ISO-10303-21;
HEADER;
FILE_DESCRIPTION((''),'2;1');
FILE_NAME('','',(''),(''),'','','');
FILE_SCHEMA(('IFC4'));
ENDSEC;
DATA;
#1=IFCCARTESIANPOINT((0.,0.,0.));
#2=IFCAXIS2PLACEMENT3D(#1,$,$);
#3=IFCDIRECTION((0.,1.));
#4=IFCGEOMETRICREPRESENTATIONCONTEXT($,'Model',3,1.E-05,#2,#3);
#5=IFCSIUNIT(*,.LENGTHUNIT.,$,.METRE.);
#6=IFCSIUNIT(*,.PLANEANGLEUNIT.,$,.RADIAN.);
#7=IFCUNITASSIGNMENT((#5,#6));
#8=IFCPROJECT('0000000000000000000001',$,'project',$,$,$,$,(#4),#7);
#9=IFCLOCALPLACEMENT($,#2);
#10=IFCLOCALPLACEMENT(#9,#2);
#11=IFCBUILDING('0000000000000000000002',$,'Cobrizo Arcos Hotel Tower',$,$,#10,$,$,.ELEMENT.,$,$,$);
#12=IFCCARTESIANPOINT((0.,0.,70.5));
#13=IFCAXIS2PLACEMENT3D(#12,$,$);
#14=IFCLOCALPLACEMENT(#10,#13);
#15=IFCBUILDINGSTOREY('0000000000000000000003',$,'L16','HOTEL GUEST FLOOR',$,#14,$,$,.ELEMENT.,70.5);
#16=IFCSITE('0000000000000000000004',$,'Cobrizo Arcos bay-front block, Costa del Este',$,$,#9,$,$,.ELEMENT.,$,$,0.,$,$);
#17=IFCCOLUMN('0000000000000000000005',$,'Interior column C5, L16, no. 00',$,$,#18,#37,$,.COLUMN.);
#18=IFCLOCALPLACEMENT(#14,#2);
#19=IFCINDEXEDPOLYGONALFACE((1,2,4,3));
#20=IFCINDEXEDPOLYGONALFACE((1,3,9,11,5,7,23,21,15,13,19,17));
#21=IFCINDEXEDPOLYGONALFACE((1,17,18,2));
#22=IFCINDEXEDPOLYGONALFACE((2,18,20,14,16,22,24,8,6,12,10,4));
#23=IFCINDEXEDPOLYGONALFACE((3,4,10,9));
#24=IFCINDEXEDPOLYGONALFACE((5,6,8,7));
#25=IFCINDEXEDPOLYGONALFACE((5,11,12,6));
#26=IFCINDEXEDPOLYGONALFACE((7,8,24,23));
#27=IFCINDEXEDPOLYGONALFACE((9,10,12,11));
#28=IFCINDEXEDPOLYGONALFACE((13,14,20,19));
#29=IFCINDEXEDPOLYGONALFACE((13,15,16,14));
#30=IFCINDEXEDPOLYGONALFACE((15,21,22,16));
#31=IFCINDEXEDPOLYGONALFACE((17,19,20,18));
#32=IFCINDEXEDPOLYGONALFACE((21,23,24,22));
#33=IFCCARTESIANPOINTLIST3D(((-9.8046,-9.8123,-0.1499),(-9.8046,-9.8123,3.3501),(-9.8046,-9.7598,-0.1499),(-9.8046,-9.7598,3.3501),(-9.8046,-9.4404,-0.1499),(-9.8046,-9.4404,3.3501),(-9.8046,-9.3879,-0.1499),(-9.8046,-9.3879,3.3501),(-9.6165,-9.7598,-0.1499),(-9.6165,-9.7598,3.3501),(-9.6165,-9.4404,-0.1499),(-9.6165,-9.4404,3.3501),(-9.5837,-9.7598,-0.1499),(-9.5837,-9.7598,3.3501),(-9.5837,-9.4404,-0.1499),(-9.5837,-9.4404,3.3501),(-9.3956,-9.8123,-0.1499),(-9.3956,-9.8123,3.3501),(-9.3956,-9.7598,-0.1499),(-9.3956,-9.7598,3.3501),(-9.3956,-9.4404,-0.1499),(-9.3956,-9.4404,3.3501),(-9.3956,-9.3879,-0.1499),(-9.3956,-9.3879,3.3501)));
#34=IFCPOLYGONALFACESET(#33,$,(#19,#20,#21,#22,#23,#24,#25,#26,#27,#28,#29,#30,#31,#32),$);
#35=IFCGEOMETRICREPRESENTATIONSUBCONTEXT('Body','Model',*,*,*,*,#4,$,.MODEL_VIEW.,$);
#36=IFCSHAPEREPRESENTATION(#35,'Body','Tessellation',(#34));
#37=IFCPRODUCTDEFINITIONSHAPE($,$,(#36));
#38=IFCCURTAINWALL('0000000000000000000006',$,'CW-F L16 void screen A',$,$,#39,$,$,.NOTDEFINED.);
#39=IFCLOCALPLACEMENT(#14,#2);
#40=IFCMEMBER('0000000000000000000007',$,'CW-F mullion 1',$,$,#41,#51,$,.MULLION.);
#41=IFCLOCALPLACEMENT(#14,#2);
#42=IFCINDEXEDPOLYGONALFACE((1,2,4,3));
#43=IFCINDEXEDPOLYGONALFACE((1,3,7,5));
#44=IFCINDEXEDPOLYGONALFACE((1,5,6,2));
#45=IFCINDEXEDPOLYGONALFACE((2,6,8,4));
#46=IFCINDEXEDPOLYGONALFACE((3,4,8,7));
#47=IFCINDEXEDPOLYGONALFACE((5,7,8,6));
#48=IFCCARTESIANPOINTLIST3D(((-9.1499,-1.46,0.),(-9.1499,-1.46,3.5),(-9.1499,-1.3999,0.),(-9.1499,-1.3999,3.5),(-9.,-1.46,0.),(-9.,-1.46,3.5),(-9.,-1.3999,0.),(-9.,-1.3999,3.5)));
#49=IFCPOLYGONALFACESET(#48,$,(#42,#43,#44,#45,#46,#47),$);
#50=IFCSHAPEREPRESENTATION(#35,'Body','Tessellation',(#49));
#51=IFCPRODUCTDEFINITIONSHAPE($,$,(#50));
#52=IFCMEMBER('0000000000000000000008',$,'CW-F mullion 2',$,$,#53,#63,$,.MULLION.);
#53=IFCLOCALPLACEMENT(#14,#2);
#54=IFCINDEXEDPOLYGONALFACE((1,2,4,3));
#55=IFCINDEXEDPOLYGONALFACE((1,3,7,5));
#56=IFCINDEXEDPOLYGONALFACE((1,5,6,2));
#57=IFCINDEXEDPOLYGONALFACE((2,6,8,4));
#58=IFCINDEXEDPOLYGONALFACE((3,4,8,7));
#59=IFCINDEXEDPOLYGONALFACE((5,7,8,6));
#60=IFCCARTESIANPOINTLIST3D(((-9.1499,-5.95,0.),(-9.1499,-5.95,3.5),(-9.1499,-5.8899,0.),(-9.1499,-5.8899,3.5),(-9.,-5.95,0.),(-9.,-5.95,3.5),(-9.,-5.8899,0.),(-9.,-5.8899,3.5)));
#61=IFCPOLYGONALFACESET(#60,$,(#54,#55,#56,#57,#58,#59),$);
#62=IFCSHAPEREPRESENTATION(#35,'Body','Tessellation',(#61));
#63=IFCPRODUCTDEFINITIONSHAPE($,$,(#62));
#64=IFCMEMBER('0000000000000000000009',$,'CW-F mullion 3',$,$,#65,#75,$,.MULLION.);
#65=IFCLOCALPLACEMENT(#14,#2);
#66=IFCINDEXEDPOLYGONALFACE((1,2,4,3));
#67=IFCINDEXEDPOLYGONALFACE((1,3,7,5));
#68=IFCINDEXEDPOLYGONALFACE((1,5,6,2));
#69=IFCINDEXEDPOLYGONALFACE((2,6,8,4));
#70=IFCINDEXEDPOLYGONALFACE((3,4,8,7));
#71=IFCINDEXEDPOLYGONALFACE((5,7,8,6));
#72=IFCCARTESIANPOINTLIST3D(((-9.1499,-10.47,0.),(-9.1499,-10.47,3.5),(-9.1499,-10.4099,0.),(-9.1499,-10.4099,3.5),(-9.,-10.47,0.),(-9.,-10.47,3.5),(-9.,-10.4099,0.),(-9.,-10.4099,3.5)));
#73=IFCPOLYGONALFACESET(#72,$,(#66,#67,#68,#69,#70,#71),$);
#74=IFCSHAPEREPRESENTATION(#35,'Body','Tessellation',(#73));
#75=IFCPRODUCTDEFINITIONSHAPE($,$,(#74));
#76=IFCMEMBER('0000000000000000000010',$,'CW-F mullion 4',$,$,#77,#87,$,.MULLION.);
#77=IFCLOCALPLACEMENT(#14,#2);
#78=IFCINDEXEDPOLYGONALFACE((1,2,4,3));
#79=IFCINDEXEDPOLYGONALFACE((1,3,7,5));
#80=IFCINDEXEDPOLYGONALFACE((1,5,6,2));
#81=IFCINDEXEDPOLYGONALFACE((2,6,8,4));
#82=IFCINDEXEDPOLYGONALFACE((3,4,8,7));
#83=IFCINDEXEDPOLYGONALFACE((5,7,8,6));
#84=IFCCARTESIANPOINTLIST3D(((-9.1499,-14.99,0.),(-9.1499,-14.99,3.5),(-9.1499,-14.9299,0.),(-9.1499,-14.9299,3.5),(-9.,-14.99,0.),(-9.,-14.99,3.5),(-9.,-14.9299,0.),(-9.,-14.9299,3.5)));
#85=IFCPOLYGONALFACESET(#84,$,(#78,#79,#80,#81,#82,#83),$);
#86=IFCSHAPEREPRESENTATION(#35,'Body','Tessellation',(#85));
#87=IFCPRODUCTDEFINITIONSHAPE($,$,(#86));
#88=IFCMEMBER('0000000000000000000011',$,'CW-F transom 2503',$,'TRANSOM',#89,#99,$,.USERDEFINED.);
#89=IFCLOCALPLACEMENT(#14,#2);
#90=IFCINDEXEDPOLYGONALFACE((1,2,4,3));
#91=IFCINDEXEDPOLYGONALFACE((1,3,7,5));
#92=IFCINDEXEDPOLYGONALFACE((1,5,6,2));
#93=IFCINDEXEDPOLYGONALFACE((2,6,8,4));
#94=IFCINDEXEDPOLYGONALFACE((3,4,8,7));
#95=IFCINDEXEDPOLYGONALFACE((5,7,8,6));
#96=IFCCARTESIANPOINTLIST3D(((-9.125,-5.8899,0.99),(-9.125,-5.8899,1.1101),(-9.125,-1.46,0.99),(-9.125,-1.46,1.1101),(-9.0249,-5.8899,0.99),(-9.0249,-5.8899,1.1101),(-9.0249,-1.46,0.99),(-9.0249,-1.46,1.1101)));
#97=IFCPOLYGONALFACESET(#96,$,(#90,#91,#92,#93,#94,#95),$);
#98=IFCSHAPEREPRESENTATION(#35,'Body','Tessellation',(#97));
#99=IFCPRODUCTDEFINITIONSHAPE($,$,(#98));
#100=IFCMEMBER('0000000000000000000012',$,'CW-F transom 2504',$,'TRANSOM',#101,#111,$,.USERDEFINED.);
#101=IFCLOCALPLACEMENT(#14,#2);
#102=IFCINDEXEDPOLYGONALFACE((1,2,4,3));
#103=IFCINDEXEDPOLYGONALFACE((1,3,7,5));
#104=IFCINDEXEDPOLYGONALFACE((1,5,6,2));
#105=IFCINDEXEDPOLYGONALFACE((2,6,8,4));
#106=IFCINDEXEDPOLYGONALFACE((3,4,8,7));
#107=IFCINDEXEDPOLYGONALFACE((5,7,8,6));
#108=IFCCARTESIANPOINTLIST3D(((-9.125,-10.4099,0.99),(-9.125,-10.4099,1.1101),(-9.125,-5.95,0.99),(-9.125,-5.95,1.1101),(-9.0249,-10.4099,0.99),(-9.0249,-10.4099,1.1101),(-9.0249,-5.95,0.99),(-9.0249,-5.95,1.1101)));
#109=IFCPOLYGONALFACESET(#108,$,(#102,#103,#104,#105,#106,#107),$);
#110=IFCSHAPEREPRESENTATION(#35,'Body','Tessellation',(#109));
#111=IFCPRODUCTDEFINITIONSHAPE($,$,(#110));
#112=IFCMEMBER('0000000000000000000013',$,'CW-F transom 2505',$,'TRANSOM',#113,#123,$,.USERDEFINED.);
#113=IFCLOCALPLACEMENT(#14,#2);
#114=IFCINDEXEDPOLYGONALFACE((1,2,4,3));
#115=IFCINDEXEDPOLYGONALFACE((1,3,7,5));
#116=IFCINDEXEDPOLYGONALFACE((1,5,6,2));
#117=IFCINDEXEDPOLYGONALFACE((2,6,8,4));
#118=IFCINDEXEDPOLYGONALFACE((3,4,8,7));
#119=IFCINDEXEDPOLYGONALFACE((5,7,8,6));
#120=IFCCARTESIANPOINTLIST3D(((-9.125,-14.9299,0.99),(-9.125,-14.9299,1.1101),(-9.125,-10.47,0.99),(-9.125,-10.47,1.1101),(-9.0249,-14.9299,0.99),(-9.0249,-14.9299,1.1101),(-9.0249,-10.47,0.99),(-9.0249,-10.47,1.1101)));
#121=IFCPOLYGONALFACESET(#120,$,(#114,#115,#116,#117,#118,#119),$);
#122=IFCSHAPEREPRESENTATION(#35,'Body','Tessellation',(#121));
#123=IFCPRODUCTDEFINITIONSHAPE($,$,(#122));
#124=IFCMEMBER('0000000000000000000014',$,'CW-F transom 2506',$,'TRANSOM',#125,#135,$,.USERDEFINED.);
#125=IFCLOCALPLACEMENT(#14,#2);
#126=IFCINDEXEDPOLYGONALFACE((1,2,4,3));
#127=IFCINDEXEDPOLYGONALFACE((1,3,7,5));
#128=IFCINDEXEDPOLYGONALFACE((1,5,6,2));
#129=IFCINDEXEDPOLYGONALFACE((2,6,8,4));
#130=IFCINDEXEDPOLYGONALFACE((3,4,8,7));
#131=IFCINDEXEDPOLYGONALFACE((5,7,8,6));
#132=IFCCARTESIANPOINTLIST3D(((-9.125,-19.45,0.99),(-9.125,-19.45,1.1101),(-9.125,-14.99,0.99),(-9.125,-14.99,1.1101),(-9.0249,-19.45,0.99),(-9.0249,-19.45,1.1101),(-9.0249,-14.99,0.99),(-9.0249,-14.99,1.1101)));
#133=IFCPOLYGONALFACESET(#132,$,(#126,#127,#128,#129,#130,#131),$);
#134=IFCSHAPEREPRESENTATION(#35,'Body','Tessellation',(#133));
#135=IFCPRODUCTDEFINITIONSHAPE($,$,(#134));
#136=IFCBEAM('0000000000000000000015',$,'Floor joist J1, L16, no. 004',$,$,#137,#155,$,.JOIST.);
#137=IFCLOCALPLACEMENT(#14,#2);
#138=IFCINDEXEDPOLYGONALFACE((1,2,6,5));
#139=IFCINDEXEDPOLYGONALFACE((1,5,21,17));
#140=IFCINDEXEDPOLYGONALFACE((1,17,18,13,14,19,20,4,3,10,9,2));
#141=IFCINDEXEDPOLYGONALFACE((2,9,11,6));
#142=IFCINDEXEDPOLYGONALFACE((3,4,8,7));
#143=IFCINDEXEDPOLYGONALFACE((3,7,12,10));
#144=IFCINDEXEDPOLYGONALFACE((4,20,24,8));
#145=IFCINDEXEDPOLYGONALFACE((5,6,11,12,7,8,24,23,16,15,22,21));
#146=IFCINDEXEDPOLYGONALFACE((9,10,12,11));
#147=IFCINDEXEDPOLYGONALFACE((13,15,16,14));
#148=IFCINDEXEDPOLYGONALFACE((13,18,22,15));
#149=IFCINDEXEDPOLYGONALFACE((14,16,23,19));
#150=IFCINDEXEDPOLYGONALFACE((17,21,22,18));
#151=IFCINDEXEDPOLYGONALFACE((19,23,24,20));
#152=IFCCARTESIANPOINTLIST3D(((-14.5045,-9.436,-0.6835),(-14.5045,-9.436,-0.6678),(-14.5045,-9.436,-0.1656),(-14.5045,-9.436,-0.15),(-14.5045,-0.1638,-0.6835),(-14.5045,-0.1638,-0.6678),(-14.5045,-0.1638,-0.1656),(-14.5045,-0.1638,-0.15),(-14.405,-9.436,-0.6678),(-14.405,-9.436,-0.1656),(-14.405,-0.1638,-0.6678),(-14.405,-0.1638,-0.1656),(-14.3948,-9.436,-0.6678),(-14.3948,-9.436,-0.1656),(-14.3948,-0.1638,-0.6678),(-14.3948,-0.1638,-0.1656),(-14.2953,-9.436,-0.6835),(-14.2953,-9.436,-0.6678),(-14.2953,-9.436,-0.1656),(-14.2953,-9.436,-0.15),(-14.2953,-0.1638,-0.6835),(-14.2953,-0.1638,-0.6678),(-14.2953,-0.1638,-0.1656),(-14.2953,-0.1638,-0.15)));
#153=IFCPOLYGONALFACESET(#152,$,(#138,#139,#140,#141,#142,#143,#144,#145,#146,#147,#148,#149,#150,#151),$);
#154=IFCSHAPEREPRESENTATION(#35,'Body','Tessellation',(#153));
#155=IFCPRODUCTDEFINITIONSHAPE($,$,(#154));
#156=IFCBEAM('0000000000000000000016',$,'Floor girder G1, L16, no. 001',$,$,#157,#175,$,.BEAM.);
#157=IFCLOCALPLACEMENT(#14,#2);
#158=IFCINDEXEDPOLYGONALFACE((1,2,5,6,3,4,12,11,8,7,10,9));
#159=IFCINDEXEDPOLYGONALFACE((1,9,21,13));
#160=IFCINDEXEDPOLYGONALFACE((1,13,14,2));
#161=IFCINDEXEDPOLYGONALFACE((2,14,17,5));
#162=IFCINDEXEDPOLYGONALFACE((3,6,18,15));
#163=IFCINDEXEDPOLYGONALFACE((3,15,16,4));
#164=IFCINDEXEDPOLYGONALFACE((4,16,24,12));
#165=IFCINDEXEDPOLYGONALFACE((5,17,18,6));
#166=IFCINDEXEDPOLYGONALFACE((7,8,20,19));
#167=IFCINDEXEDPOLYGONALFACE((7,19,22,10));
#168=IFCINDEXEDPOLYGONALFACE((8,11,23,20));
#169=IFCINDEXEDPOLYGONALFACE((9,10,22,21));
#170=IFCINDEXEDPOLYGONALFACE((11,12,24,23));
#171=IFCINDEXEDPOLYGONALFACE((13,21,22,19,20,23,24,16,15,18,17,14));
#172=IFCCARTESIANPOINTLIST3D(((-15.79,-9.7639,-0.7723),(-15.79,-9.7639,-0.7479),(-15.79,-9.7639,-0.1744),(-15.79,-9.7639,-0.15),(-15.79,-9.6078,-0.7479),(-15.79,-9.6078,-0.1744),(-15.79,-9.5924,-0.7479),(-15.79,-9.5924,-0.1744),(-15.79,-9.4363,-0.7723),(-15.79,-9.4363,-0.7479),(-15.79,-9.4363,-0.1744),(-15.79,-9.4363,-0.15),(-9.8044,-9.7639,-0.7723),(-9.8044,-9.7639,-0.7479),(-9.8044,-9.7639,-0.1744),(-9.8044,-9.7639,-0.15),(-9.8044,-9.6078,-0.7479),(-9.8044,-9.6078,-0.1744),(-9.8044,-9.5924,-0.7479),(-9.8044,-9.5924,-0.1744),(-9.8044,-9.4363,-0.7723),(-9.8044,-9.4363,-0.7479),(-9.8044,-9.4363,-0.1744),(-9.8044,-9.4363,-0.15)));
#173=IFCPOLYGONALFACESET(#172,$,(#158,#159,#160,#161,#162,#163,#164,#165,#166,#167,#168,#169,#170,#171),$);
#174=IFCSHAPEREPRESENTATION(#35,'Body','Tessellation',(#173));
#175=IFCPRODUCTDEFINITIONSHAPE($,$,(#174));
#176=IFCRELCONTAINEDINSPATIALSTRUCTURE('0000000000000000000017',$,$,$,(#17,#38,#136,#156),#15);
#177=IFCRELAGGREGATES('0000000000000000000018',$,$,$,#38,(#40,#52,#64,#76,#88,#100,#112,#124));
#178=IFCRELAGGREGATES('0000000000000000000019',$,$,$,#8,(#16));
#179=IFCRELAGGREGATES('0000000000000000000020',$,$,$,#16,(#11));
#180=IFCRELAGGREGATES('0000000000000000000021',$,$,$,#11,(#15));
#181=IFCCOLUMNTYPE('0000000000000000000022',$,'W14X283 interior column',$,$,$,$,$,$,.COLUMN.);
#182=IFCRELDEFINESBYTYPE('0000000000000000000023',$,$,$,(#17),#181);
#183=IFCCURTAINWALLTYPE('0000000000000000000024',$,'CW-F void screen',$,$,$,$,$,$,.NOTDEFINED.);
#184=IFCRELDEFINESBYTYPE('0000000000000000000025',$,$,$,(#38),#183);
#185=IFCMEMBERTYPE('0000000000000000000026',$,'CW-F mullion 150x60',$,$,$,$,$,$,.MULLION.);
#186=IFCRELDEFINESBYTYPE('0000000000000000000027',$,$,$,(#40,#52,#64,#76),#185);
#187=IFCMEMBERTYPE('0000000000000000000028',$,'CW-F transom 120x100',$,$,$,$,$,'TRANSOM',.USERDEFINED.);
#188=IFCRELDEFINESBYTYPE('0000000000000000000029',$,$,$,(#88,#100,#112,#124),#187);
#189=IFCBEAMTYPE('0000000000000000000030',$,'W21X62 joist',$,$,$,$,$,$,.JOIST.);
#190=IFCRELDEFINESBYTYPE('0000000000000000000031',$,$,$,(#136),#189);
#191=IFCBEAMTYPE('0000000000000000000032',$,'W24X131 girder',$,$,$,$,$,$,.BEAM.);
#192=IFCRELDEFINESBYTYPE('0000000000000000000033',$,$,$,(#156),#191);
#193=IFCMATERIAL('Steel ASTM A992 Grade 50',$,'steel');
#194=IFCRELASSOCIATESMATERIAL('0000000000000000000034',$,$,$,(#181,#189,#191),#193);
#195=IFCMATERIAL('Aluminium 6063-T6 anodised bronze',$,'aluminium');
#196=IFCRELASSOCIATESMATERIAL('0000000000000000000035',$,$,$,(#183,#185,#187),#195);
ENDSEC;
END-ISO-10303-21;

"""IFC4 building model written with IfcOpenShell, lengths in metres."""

from ifc_helpers import new_model, si_unit, direction, frame, origin, origin_2d, place, context, subcontext, project, spatial, rectangle, i_section, extrude, material, material_profile, profile_set, type_object, element, aggregate, save


model = new_model("IFC4")

# Units and contexts
model_context = context("Model", 3, precision=1e-05, world=origin(), true_north=direction((0.0, 1.0)))
body_context = subcontext(model_context, "Body", "Model", "MODEL_VIEW")
ifc_project = project(units=[si_unit("LENGTHUNIT", "METRE"), si_unit("PLANEANGLEUNIT", "RADIAN")], contexts=[model_context])

# Site, building, storey
site_placement = place(None, origin())
site = spatial("IfcSite", under=ifc_project, at=site_placement, Name="Cobrizo Arcos bay-front block, Costa del Este", CompositionType="ELEMENT", RefElevation=0.0)
building_placement = place(site_placement, origin())
building = spatial("IfcBuilding", under=site, at=building_placement, Name="Cobrizo Arcos Hotel Tower", CompositionType="ELEMENT")
storey_placement = place(building_placement, frame((0.0, 0.0, 70.5)))
storey = spatial("IfcBuildingStorey", under=building, at=storey_placement, Name="L16", Description="HOTEL GUEST FLOOR", CompositionType="ELEMENT", Elevation=70.5)

# Column
ifc_material_1 = material(Name="Steel ASTM A992 Grade 50", Category="steel")
ifc_material_profile_1 = material_profile(ifc_material_1, i_section(OverallWidth=0.4089, OverallDepth=0.4243, WebThickness=0.0327, FlangeThickness=0.0525, at=origin_2d()), Name="W14X283")
ifc_profile_set_1 = profile_set([ifc_material_profile_1], Name="Steel ASTM A992 Grade 50")
column_type = type_object("IfcColumnType", Name="W14X283 interior column", PredefinedType="COLUMN", material=ifc_profile_set_1)
column_placement = place(storey_placement, frame((-9.6001, -9.6001, -0.1499), z_axis=(0.0, 0.0, 1.0), x_axis=(1.0, 0.0, 0.0)))
element("IfcColumn", 1, at=column_placement, inside=storey, type_object=column_type, Name="Interior column C5, L16, no. 00", PredefinedType="COLUMN", context=body_context, shape_type="SweptSolid", body=[
    extrude(i_section(OverallWidth=0.4089, OverallDepth=0.4243, WebThickness=0.0327, FlangeThickness=0.0525, at=origin_2d()), origin(), (0.0, 0.0, 1.0), 3.5),
])

# Curtain wall, members
ifc_material_2 = material(Name="Aluminium 6063-T6 anodised bronze", Category="aluminium")
curtain_wall_type = type_object("IfcCurtainWallType", Name="CW-F void screen", PredefinedType="NOTDEFINED", material=ifc_material_2)
curtain_wall_placement = place(storey_placement, origin())
curtain_wall = element("IfcCurtainWall", 2, at=curtain_wall_placement, inside=storey, type_object=curtain_wall_type, Name="CW-F L16 void screen A", PredefinedType="NOTDEFINED")
ifc_material_profile_2 = material_profile(ifc_material_2, rectangle(XDim=0.1499, YDim=0.0601, at=origin_2d()), Name="CW-F mullion 150x60")
ifc_profile_set_2 = profile_set([ifc_material_profile_2], Name="Aluminium 6063-T6 anodised bronze")
member_type_1 = type_object("IfcMemberType", Name="CW-F mullion 150x60", PredefinedType="MULLION", material=ifc_profile_set_2)
member_1_placement = place(storey_placement, frame((-9.075, -1.4299, 0.0), z_axis=(0.0, 0.0, 1.0), x_axis=(-1.0, 0.0, 0.0)))
member_1 = element("IfcMember", 3, at=member_1_placement, type_object=member_type_1, Name="CW-F mullion 1", PredefinedType="MULLION", context=body_context, shape_type="SweptSolid", body=[
    extrude(rectangle(XDim=0.1499, YDim=0.0601, at=origin_2d()), origin(), (0.0, 0.0, 1.0), 3.5),
])
member_2_placement = place(storey_placement, frame((-9.075, -5.9199, 0.0), z_axis=(0.0, 0.0, 1.0), x_axis=(-1.0, 0.0, 0.0)))
member_2 = element("IfcMember", 4, at=member_2_placement, type_object=member_type_1, Name="CW-F mullion 2", PredefinedType="MULLION", context=body_context, shape_type="SweptSolid", body=[
    extrude(rectangle(XDim=0.1499, YDim=0.0601, at=origin_2d()), origin(), (0.0, 0.0, 1.0), 3.5),
])
member_3_placement = place(storey_placement, frame((-9.075, -10.4399, 0.0), z_axis=(0.0, 0.0, 1.0), x_axis=(-1.0, 0.0, 0.0)))
member_3 = element("IfcMember", 5, at=member_3_placement, type_object=member_type_1, Name="CW-F mullion 3", PredefinedType="MULLION", context=body_context, shape_type="SweptSolid", body=[
    extrude(rectangle(XDim=0.1499, YDim=0.0601, at=origin_2d()), origin(), (0.0, 0.0, 1.0), 3.5),
])
member_4_placement = place(storey_placement, frame((-9.075, -14.96, 0.0), z_axis=(0.0, 0.0, 1.0), x_axis=(-1.0, 0.0, 0.0)))
member_4 = element("IfcMember", 6, at=member_4_placement, type_object=member_type_1, Name="CW-F mullion 4", PredefinedType="MULLION", context=body_context, shape_type="SweptSolid", body=[
    extrude(rectangle(XDim=0.1499, YDim=0.0601, at=origin_2d()), origin(), (0.0, 0.0, 1.0), 3.5),
])
ifc_material_profile_3 = material_profile(ifc_material_2, rectangle(XDim=0.1001, YDim=0.1201, at=origin_2d()), Name="CW-F transom 120x100")
ifc_profile_set_3 = profile_set([ifc_material_profile_3], Name="Aluminium 6063-T6 anodised bronze")
member_type_2 = type_object("IfcMemberType", Name="CW-F transom 120x100", ElementType="TRANSOM", PredefinedType="USERDEFINED", material=ifc_profile_set_3)
member_5_placement = place(storey_placement, frame((-9.075, -1.46, 1.05), z_axis=(0.0, -1.0, 0.0), x_axis=(1.0, 0.0, 0.0)))
member_5 = element("IfcMember", 7, at=member_5_placement, type_object=member_type_2, Name="CW-F transom 2503", ObjectType="TRANSOM", PredefinedType="USERDEFINED", context=body_context, shape_type="SweptSolid", body=[
    extrude(rectangle(XDim=0.1001, YDim=0.1201, at=origin_2d()), origin(), (0.0, 0.0, 1.0), 4.4299),
])
member_6_placement = place(storey_placement, frame((-9.075, -5.95, 1.05), z_axis=(0.0, -1.0, 0.0), x_axis=(1.0, 0.0, 0.0)))
member_6 = element("IfcMember", 8, at=member_6_placement, type_object=member_type_2, Name="CW-F transom 2504", ObjectType="TRANSOM", PredefinedType="USERDEFINED", context=body_context, shape_type="SweptSolid", body=[
    extrude(rectangle(XDim=0.1001, YDim=0.1201, at=origin_2d()), origin(), (0.0, 0.0, 1.0), 4.46),
])
member_7_placement = place(storey_placement, frame((-9.075, -10.47, 1.05), z_axis=(0.0, -1.0, 0.0), x_axis=(1.0, 0.0, 0.0)))
member_7 = element("IfcMember", 9, at=member_7_placement, type_object=member_type_2, Name="CW-F transom 2505", ObjectType="TRANSOM", PredefinedType="USERDEFINED", context=body_context, shape_type="SweptSolid", body=[
    extrude(rectangle(XDim=0.1001, YDim=0.1201, at=origin_2d()), origin(), (0.0, 0.0, 1.0), 4.46),
])
member_8_placement = place(storey_placement, frame((-9.075, -14.99, 1.05), z_axis=(0.0, -1.0, 0.0), x_axis=(1.0, 0.0, 0.0)))
member_8 = element("IfcMember", 10, at=member_8_placement, type_object=member_type_2, Name="CW-F transom 2506", ObjectType="TRANSOM", PredefinedType="USERDEFINED", context=body_context, shape_type="SweptSolid", body=[
    extrude(rectangle(XDim=0.1001, YDim=0.1201, at=origin_2d()), origin(), (0.0, 0.0, 1.0), 4.46),
])

# Beams
ifc_material_profile_4 = material_profile(ifc_material_1, i_section(OverallWidth=0.2092, OverallDepth=0.5334, WebThickness=0.0103, FlangeThickness=0.0156, at=origin_2d()), Name="W21X62")
ifc_profile_set_4 = profile_set([ifc_material_profile_4], Name="Steel ASTM A992 Grade 50")
beam_type_1 = type_object("IfcBeamType", Name="W21X62 joist", PredefinedType="JOIST", material=ifc_profile_set_4)
beam_1_placement = place(storey_placement, frame((-14.3999, -9.436, -0.4167), z_axis=(0.0, 1.0, 0.0), x_axis=(-1.0, 0.0, 0.0)))
element("IfcBeam", 11, at=beam_1_placement, inside=storey, type_object=beam_type_1, Name="Floor joist J1, L16, no. 004", PredefinedType="JOIST", context=body_context, shape_type="SweptSolid", body=[
    extrude(i_section(OverallWidth=0.2092, OverallDepth=0.5334, WebThickness=0.0103, FlangeThickness=0.0156, at=origin_2d()), origin(), (0.0, 0.0, 1.0), 9.2722),
])
ifc_material_profile_5 = material_profile(ifc_material_1, i_section(OverallWidth=0.3276, OverallDepth=0.6223, WebThickness=0.0154, FlangeThickness=0.0244, at=origin_2d()), Name="W24X131")
ifc_profile_set_5 = profile_set([ifc_material_profile_5], Name="Steel ASTM A992 Grade 50")
beam_type_2 = type_object("IfcBeamType", Name="W24X131 girder", PredefinedType="BEAM", material=ifc_profile_set_5)
beam_2_placement = place(storey_placement, frame((-15.79, -9.6001, -0.4612), z_axis=(1.0, 0.0, 0.0), x_axis=(0.0, 1.0, 0.0)))
element("IfcBeam", 12, at=beam_2_placement, inside=storey, type_object=beam_type_2, Name="Floor girder G1, L16, no. 001", PredefinedType="BEAM", context=body_context, shape_type="SweptSolid", body=[
    extrude(i_section(OverallWidth=0.3276, OverallDepth=0.6223, WebThickness=0.0154, FlangeThickness=0.0244, at=origin_2d()), origin(), (0.0, 0.0, 1.0), 5.9856),
])

aggregate(curtain_wall, [member_1, member_2, member_3, member_4, member_5, member_6, member_7, member_8])

save(model, "model.ifc")
